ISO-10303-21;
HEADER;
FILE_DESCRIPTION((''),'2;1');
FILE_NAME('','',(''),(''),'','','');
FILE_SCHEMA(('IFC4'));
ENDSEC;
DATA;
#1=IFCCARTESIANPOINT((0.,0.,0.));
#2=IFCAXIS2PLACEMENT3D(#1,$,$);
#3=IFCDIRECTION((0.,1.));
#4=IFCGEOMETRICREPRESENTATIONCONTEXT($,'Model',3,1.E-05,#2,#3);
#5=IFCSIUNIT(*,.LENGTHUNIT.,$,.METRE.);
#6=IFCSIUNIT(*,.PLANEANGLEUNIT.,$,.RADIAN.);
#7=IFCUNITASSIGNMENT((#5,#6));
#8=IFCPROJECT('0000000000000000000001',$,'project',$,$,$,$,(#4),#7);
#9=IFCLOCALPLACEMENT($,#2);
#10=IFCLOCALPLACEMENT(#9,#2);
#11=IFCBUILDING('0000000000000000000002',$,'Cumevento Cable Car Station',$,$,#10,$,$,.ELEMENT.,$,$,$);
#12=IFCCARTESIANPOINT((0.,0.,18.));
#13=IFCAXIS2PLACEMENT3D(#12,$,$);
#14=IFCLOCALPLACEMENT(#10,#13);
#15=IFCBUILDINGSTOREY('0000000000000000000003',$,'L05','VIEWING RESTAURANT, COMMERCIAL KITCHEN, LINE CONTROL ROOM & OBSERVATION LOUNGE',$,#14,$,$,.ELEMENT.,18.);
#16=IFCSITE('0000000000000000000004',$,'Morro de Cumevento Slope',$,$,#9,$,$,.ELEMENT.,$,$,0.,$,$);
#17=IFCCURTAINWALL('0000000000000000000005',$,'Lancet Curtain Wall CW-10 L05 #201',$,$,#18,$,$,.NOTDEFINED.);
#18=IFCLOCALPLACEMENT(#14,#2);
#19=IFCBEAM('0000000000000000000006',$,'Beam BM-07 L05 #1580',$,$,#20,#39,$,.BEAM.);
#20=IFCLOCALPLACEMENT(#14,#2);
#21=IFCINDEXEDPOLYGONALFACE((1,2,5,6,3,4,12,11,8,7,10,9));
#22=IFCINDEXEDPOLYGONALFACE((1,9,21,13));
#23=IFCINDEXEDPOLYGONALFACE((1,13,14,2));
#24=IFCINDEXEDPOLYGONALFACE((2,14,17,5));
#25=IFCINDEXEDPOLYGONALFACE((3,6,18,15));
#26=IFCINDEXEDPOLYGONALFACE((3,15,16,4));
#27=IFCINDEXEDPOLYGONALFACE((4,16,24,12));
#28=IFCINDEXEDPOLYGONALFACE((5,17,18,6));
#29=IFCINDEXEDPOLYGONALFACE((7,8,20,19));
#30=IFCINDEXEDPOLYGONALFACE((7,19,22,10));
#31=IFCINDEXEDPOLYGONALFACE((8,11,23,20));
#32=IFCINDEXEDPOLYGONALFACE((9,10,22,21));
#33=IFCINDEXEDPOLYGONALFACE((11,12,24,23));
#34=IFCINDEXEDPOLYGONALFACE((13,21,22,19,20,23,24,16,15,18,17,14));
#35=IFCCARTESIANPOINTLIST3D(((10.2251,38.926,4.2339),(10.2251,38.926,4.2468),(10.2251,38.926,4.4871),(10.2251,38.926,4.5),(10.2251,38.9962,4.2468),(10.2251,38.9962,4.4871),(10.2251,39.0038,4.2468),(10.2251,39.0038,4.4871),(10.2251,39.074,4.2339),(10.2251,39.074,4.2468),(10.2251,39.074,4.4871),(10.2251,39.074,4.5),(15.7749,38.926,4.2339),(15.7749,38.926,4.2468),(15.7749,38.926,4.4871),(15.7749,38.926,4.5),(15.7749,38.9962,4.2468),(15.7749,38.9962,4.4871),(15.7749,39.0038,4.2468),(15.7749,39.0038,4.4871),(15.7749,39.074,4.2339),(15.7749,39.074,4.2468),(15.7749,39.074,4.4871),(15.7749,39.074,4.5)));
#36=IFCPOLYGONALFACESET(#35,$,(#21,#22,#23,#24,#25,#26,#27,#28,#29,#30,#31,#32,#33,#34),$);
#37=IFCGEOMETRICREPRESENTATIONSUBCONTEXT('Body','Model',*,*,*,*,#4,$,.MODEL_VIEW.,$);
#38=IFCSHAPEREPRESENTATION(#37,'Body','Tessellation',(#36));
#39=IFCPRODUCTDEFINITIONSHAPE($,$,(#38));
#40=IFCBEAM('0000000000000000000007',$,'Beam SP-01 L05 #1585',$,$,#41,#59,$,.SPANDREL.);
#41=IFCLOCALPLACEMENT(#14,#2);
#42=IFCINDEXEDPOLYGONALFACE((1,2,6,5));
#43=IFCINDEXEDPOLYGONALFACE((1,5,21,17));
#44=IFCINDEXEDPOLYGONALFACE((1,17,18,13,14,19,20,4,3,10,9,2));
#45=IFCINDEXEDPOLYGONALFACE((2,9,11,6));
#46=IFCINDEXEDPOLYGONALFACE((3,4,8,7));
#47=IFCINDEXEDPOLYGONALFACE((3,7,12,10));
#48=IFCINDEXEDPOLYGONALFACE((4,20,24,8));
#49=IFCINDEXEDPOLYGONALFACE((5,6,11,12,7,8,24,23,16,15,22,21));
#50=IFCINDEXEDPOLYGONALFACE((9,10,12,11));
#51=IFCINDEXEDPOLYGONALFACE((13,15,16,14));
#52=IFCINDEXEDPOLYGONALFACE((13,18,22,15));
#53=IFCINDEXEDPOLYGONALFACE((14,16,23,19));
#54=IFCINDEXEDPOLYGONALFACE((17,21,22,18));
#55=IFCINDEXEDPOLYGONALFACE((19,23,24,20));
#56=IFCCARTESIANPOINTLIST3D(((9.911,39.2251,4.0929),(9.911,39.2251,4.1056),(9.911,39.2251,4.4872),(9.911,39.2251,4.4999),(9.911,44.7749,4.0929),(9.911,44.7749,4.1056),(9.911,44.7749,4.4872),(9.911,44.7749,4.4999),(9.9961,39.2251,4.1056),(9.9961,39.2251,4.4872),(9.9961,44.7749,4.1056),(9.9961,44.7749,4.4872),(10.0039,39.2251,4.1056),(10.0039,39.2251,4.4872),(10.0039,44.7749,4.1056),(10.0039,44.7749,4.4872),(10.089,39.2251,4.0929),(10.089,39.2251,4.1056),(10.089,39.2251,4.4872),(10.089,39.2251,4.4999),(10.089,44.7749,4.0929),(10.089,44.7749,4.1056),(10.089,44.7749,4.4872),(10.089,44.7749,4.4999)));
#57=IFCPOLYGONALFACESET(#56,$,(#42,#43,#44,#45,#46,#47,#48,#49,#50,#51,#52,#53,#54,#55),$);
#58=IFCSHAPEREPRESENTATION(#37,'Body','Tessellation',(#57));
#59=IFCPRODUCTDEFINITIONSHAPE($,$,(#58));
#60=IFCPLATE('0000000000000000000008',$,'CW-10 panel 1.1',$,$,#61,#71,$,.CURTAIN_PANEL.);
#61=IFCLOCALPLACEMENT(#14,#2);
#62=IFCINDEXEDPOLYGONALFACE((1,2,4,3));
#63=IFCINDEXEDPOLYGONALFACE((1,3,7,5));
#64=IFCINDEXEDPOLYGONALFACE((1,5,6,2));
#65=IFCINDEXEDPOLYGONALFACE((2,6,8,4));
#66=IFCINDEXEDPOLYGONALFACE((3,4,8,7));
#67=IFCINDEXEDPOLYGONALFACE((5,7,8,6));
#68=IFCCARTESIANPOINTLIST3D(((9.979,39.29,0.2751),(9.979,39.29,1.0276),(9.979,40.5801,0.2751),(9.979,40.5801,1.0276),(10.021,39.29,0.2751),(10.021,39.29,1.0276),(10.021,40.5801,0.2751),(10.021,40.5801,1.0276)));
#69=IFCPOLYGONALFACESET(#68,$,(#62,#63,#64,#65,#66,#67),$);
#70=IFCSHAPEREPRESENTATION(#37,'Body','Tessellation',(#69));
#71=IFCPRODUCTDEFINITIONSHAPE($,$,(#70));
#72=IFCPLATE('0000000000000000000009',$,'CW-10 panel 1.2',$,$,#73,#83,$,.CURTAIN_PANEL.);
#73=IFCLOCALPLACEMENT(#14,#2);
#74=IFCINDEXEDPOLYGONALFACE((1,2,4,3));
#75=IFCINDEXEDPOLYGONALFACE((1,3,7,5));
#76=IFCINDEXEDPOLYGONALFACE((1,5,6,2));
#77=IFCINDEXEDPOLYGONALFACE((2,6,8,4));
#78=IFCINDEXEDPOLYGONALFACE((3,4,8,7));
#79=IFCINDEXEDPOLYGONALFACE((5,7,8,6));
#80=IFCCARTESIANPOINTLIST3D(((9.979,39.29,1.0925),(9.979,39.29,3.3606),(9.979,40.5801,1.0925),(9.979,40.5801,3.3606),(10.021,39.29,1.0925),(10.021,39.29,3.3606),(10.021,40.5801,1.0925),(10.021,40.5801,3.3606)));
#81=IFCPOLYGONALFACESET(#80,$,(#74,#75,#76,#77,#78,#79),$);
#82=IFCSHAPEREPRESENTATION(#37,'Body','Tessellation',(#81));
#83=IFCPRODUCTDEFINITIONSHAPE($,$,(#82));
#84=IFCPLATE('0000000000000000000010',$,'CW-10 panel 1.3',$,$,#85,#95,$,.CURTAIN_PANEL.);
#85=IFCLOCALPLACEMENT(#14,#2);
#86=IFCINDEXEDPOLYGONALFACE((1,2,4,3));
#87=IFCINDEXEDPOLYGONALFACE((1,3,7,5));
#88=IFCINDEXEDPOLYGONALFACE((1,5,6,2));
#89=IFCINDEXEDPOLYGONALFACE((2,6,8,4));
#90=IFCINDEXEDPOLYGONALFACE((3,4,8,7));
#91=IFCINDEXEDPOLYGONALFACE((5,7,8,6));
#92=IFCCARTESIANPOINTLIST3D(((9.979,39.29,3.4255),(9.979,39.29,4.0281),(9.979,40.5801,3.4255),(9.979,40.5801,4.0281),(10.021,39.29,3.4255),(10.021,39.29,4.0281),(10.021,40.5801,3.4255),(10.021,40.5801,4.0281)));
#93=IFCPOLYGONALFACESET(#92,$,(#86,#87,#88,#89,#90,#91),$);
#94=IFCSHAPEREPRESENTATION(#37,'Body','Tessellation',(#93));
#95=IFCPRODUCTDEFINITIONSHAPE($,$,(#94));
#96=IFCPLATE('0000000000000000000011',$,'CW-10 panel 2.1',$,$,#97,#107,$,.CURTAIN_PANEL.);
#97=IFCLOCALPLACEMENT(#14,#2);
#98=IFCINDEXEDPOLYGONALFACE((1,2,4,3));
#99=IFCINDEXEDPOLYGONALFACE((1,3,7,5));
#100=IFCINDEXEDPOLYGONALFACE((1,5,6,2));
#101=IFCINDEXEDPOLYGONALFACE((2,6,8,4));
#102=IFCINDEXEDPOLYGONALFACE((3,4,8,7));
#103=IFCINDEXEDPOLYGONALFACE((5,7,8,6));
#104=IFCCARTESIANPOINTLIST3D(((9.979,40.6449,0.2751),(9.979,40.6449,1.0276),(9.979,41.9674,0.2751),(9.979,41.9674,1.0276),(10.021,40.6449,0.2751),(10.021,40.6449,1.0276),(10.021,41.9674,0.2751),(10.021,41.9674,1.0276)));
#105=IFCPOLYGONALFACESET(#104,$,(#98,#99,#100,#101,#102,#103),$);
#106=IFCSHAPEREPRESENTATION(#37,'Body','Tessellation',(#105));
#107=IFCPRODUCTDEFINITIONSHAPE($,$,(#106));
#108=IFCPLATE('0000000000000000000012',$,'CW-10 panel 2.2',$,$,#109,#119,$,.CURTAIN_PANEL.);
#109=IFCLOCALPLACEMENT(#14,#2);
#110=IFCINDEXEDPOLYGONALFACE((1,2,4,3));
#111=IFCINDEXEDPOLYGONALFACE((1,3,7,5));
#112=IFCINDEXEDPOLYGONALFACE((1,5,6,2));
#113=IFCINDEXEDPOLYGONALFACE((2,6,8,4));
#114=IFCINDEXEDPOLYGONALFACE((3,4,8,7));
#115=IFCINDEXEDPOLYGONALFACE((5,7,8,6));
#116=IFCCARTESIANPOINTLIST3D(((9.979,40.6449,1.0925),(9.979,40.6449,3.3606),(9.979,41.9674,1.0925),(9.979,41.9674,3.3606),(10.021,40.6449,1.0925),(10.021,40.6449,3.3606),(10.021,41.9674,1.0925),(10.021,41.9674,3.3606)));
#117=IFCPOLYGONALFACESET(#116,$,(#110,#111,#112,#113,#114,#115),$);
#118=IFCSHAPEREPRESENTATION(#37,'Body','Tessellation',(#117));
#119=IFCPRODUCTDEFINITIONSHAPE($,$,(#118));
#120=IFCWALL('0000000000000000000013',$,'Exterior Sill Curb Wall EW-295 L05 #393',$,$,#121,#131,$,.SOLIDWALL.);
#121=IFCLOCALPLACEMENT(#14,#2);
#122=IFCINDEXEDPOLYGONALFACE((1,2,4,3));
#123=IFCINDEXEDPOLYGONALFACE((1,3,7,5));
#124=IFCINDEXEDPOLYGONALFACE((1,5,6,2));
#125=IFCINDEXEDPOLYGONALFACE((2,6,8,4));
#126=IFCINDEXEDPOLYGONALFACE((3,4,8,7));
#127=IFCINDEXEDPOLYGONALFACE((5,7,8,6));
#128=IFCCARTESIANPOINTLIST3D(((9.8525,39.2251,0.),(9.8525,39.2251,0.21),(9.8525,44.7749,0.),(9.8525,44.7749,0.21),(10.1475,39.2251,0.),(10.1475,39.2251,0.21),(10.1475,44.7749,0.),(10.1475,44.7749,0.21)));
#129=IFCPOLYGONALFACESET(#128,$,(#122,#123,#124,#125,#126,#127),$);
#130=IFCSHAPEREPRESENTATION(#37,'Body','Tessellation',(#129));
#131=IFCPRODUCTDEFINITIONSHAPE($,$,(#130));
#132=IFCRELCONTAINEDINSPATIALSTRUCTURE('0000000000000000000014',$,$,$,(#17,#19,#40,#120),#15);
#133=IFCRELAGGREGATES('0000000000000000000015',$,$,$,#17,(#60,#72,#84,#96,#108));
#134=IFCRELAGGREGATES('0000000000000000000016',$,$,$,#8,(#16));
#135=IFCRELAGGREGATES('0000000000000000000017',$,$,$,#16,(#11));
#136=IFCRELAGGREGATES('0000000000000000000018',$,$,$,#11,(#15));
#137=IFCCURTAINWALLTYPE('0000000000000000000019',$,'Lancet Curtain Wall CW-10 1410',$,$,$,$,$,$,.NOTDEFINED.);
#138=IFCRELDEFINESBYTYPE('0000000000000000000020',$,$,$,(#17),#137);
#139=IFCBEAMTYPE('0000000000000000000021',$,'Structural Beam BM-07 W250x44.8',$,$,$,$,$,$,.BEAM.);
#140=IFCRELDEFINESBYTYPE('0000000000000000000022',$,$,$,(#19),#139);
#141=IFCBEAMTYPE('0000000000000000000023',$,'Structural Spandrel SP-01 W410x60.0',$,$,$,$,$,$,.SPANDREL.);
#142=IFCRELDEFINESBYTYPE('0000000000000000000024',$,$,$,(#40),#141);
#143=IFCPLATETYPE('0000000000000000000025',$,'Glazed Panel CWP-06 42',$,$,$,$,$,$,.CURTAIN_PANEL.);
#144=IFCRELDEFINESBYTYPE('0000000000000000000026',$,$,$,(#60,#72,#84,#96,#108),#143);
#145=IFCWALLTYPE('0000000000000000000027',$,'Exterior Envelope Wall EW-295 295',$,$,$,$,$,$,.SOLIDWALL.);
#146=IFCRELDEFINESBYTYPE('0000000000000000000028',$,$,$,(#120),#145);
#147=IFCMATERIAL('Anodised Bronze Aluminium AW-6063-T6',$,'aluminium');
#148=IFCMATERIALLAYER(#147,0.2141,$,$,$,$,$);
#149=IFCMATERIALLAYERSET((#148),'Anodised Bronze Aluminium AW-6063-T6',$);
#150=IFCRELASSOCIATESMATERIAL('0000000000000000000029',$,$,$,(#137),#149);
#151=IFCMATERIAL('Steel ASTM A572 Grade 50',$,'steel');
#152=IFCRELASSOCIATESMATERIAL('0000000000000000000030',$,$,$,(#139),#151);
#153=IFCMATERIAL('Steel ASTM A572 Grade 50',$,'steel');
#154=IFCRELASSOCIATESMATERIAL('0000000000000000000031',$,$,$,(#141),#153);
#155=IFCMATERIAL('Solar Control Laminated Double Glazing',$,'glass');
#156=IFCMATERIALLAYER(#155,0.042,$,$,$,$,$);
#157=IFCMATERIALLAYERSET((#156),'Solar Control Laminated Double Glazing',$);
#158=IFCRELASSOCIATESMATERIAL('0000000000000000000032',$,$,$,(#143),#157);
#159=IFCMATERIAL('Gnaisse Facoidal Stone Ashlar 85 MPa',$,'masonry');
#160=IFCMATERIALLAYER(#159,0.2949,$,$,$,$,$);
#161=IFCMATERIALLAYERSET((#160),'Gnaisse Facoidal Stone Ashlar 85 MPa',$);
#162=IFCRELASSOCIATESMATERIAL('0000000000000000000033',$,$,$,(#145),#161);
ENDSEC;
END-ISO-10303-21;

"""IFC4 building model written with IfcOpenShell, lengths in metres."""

from ifc_helpers import new_model, si_unit, direction, frame, frame_2d, origin, origin_2d, place, context, subcontext, project, spatial, rectangle, i_section, extrude, material, layer, layer_set, material_profile, profile_set, type_object, element, aggregate, save


model = new_model("IFC4")

# Units and contexts
model_context = context("Model", 3, precision=1e-05, world=origin(), true_north=direction((0.0, 1.0)))
body_context = subcontext(model_context, "Body", "Model", "MODEL_VIEW")
ifc_project = project(units=[si_unit("LENGTHUNIT", "METRE"), si_unit("PLANEANGLEUNIT", "RADIAN")], contexts=[model_context])

# Site, building, storey
site_placement = place(None, origin())
site = spatial("IfcSite", under=ifc_project, at=site_placement, Name="Morro de Cumevento Slope", CompositionType="ELEMENT", RefElevation=0.0)
building_placement = place(site_placement, origin())
building = spatial("IfcBuilding", under=site, at=building_placement, Name="Cumevento Cable Car Station", CompositionType="ELEMENT")
storey_placement = place(building_placement, frame((0.0, 0.0, 18.0)))
storey = spatial("IfcBuildingStorey", under=building, at=storey_placement, Name="L05", Description="VIEWING RESTAURANT, COMMERCIAL KITCHEN, LINE CONTROL ROOM & OBSERVATION LOUNGE", CompositionType="ELEMENT", Elevation=18.0)

# Curtain wall
ifc_material_1 = material(Name="Anodised Bronze Aluminium AW-6063-T6", Category="aluminium")
ifc_layer_1 = layer(ifc_material_1, 0.2141)
ifc_layer_set_1 = layer_set([ifc_layer_1], Name="Anodised Bronze Aluminium AW-6063-T6")
curtain_wall_type = type_object("IfcCurtainWallType", Name="Lancet Curtain Wall CW-10 1410", PredefinedType="NOTDEFINED", material=ifc_layer_set_1)
curtain_wall_placement = place(storey_placement, origin())
curtain_wall = element("IfcCurtainWall", 1, at=curtain_wall_placement, inside=storey, type_object=curtain_wall_type, Name="Lancet Curtain Wall CW-10 L05 #201", PredefinedType="NOTDEFINED")

# Beams
ifc_material_2 = material(Name="Steel ASTM A572 Grade 50", Category="steel")
ifc_material_profile_1 = material_profile(ifc_material_2, i_section(OverallWidth=0.1479, OverallDepth=0.2661, WebThickness=0.0076, FlangeThickness=0.0129, at=origin_2d()), Name="W250x44.8")
ifc_profile_set_1 = profile_set([ifc_material_profile_1], Name="Steel ASTM A572 Grade 50")
beam_type_1 = type_object("IfcBeamType", Name="Structural Beam BM-07 W250x44.8", PredefinedType="BEAM", material=ifc_profile_set_1)
beam_1_placement = place(storey_placement, frame((10.2251, 39.0, 4.3669), z_axis=(1.0, 0.0, 0.0), x_axis=(0.0, 1.0, 0.0)))
element("IfcBeam", 2, at=beam_1_placement, inside=storey, type_object=beam_type_1, Name="Beam BM-07 L05 #1580", PredefinedType="BEAM", context=body_context, shape_type="SweptSolid", body=[
    extrude(i_section(OverallWidth=0.1479, OverallDepth=0.2661, WebThickness=0.0076, FlangeThickness=0.0129, at=origin_2d()), origin(), (0.0, 0.0, 1.0), 5.5498),
])
ifc_material_3 = material(Name="Steel ASTM A572 Grade 50", Category="steel")
ifc_material_profile_2 = material_profile(ifc_material_3, i_section(OverallWidth=0.178, OverallDepth=0.407, WebThickness=0.0078, FlangeThickness=0.0127, at=origin_2d()), Name="W410x60.0")
ifc_profile_set_2 = profile_set([ifc_material_profile_2], Name="Steel ASTM A572 Grade 50")
beam_type_2 = type_object("IfcBeamType", Name="Structural Spandrel SP-01 W410x60.0", PredefinedType="SPANDREL", material=ifc_profile_set_2)
beam_2_placement = place(storey_placement, frame((10.0, 39.2251, 4.2964), z_axis=(0.0, 1.0, 0.0), x_axis=(-1.0, 0.0, 0.0)))
element("IfcBeam", 3, at=beam_2_placement, inside=storey, type_object=beam_type_2, Name="Beam SP-01 L05 #1585", PredefinedType="SPANDREL", context=body_context, shape_type="SweptSolid", body=[
    extrude(i_section(OverallWidth=0.178, OverallDepth=0.407, WebThickness=0.0078, FlangeThickness=0.0127, at=origin_2d()), origin(), (0.0, 0.0, 1.0), 5.5498),
])

# Plates
ifc_material_4 = material(Name="Solar Control Laminated Double Glazing", Category="glass")
ifc_layer_2 = layer(ifc_material_4, 0.042)
ifc_layer_set_2 = layer_set([ifc_layer_2], Name="Solar Control Laminated Double Glazing")
plate_type = type_object("IfcPlateType", Name="Glazed Panel CWP-06 42", PredefinedType="CURTAIN_PANEL", material=ifc_layer_set_2)
plate_1_placement = place(storey_placement, frame((10.0, 39.9351, 0.2751), z_axis=(0.0, 0.0, 1.0), x_axis=(0.0, 1.0, 0.0)))
plate_1 = element("IfcPlate", 4, at=plate_1_placement, type_object=plate_type, Name="CW-10 panel 1.1", PredefinedType="CURTAIN_PANEL", context=body_context, shape_type="SweptSolid", body=[
    extrude(rectangle(XDim=1.29, YDim=0.042, at=origin_2d()), origin(), (0.0, 0.0, 1.0), 0.7524),
])
plate_2_placement = place(storey_placement, frame((10.0, 39.9351, 1.0925), z_axis=(0.0, 0.0, 1.0), x_axis=(0.0, 1.0, 0.0)))
plate_2 = element("IfcPlate", 5, at=plate_2_placement, type_object=plate_type, Name="CW-10 panel 1.2", PredefinedType="CURTAIN_PANEL", context=body_context, shape_type="SweptSolid", body=[
    extrude(rectangle(XDim=1.29, YDim=0.042, at=origin_2d()), origin(), (0.0, 0.0, 1.0), 2.2681),
])
plate_3_placement = place(storey_placement, frame((10.0, 39.9351, 3.4255), z_axis=(0.0, 0.0, 1.0), x_axis=(0.0, 1.0, 0.0)))
plate_3 = element("IfcPlate", 6, at=plate_3_placement, type_object=plate_type, Name="CW-10 panel 1.3", PredefinedType="CURTAIN_PANEL", context=body_context, shape_type="SweptSolid", body=[
    extrude(rectangle(XDim=1.29, YDim=0.042, at=origin_2d()), origin(), (0.0, 0.0, 1.0), 0.6025),
])
plate_4_placement = place(storey_placement, frame((10.0, 41.3062, 0.2751), z_axis=(0.0, 0.0, 1.0), x_axis=(0.0, 1.0, 0.0)))
plate_4 = element("IfcPlate", 7, at=plate_4_placement, type_object=plate_type, Name="CW-10 panel 2.1", PredefinedType="CURTAIN_PANEL", context=body_context, shape_type="SweptSolid", body=[
    extrude(rectangle(XDim=1.3225, YDim=0.042, at=origin_2d()), origin(), (0.0, 0.0, 1.0), 0.7524),
])
plate_5_placement = place(storey_placement, frame((10.0, 41.3062, 1.0925), z_axis=(0.0, 0.0, 1.0), x_axis=(0.0, 1.0, 0.0)))
plate_5 = element("IfcPlate", 8, at=plate_5_placement, type_object=plate_type, Name="CW-10 panel 2.2", PredefinedType="CURTAIN_PANEL", context=body_context, shape_type="SweptSolid", body=[
    extrude(rectangle(XDim=1.3225, YDim=0.042, at=origin_2d()), origin(), (0.0, 0.0, 1.0), 2.2681),
])
aggregate(curtain_wall, [plate_1, plate_2, plate_3, plate_4, plate_5])

# Wall
ifc_material_5 = material(Name="Gnaisse Facoidal Stone Ashlar 85 MPa", Category="masonry")
ifc_layer_3 = layer(ifc_material_5, 0.2949)
ifc_layer_set_3 = layer_set([ifc_layer_3], Name="Gnaisse Facoidal Stone Ashlar 85 MPa")
wall_type = type_object("IfcWallType", Name="Exterior Envelope Wall EW-295 295", PredefinedType="SOLIDWALL", material=ifc_layer_set_3)
wall_placement = place(storey_placement, frame((10.0, 39.2251, 0.0), z_axis=(0.0, 0.0, 1.0), x_axis=(0.0, 1.0, 0.0)))
element("IfcWall", 9, at=wall_placement, inside=storey, type_object=wall_type, Name="Exterior Sill Curb Wall EW-295 L05 #393", PredefinedType="SOLIDWALL", context=body_context, shape_type="SweptSolid", body=[
    extrude(rectangle(XDim=5.5498, YDim=0.2949, at=frame_2d((2.7749, 0.0))), origin(), (0.0, 0.0, 1.0), 0.21),
])

save(model, "model.ifc")
